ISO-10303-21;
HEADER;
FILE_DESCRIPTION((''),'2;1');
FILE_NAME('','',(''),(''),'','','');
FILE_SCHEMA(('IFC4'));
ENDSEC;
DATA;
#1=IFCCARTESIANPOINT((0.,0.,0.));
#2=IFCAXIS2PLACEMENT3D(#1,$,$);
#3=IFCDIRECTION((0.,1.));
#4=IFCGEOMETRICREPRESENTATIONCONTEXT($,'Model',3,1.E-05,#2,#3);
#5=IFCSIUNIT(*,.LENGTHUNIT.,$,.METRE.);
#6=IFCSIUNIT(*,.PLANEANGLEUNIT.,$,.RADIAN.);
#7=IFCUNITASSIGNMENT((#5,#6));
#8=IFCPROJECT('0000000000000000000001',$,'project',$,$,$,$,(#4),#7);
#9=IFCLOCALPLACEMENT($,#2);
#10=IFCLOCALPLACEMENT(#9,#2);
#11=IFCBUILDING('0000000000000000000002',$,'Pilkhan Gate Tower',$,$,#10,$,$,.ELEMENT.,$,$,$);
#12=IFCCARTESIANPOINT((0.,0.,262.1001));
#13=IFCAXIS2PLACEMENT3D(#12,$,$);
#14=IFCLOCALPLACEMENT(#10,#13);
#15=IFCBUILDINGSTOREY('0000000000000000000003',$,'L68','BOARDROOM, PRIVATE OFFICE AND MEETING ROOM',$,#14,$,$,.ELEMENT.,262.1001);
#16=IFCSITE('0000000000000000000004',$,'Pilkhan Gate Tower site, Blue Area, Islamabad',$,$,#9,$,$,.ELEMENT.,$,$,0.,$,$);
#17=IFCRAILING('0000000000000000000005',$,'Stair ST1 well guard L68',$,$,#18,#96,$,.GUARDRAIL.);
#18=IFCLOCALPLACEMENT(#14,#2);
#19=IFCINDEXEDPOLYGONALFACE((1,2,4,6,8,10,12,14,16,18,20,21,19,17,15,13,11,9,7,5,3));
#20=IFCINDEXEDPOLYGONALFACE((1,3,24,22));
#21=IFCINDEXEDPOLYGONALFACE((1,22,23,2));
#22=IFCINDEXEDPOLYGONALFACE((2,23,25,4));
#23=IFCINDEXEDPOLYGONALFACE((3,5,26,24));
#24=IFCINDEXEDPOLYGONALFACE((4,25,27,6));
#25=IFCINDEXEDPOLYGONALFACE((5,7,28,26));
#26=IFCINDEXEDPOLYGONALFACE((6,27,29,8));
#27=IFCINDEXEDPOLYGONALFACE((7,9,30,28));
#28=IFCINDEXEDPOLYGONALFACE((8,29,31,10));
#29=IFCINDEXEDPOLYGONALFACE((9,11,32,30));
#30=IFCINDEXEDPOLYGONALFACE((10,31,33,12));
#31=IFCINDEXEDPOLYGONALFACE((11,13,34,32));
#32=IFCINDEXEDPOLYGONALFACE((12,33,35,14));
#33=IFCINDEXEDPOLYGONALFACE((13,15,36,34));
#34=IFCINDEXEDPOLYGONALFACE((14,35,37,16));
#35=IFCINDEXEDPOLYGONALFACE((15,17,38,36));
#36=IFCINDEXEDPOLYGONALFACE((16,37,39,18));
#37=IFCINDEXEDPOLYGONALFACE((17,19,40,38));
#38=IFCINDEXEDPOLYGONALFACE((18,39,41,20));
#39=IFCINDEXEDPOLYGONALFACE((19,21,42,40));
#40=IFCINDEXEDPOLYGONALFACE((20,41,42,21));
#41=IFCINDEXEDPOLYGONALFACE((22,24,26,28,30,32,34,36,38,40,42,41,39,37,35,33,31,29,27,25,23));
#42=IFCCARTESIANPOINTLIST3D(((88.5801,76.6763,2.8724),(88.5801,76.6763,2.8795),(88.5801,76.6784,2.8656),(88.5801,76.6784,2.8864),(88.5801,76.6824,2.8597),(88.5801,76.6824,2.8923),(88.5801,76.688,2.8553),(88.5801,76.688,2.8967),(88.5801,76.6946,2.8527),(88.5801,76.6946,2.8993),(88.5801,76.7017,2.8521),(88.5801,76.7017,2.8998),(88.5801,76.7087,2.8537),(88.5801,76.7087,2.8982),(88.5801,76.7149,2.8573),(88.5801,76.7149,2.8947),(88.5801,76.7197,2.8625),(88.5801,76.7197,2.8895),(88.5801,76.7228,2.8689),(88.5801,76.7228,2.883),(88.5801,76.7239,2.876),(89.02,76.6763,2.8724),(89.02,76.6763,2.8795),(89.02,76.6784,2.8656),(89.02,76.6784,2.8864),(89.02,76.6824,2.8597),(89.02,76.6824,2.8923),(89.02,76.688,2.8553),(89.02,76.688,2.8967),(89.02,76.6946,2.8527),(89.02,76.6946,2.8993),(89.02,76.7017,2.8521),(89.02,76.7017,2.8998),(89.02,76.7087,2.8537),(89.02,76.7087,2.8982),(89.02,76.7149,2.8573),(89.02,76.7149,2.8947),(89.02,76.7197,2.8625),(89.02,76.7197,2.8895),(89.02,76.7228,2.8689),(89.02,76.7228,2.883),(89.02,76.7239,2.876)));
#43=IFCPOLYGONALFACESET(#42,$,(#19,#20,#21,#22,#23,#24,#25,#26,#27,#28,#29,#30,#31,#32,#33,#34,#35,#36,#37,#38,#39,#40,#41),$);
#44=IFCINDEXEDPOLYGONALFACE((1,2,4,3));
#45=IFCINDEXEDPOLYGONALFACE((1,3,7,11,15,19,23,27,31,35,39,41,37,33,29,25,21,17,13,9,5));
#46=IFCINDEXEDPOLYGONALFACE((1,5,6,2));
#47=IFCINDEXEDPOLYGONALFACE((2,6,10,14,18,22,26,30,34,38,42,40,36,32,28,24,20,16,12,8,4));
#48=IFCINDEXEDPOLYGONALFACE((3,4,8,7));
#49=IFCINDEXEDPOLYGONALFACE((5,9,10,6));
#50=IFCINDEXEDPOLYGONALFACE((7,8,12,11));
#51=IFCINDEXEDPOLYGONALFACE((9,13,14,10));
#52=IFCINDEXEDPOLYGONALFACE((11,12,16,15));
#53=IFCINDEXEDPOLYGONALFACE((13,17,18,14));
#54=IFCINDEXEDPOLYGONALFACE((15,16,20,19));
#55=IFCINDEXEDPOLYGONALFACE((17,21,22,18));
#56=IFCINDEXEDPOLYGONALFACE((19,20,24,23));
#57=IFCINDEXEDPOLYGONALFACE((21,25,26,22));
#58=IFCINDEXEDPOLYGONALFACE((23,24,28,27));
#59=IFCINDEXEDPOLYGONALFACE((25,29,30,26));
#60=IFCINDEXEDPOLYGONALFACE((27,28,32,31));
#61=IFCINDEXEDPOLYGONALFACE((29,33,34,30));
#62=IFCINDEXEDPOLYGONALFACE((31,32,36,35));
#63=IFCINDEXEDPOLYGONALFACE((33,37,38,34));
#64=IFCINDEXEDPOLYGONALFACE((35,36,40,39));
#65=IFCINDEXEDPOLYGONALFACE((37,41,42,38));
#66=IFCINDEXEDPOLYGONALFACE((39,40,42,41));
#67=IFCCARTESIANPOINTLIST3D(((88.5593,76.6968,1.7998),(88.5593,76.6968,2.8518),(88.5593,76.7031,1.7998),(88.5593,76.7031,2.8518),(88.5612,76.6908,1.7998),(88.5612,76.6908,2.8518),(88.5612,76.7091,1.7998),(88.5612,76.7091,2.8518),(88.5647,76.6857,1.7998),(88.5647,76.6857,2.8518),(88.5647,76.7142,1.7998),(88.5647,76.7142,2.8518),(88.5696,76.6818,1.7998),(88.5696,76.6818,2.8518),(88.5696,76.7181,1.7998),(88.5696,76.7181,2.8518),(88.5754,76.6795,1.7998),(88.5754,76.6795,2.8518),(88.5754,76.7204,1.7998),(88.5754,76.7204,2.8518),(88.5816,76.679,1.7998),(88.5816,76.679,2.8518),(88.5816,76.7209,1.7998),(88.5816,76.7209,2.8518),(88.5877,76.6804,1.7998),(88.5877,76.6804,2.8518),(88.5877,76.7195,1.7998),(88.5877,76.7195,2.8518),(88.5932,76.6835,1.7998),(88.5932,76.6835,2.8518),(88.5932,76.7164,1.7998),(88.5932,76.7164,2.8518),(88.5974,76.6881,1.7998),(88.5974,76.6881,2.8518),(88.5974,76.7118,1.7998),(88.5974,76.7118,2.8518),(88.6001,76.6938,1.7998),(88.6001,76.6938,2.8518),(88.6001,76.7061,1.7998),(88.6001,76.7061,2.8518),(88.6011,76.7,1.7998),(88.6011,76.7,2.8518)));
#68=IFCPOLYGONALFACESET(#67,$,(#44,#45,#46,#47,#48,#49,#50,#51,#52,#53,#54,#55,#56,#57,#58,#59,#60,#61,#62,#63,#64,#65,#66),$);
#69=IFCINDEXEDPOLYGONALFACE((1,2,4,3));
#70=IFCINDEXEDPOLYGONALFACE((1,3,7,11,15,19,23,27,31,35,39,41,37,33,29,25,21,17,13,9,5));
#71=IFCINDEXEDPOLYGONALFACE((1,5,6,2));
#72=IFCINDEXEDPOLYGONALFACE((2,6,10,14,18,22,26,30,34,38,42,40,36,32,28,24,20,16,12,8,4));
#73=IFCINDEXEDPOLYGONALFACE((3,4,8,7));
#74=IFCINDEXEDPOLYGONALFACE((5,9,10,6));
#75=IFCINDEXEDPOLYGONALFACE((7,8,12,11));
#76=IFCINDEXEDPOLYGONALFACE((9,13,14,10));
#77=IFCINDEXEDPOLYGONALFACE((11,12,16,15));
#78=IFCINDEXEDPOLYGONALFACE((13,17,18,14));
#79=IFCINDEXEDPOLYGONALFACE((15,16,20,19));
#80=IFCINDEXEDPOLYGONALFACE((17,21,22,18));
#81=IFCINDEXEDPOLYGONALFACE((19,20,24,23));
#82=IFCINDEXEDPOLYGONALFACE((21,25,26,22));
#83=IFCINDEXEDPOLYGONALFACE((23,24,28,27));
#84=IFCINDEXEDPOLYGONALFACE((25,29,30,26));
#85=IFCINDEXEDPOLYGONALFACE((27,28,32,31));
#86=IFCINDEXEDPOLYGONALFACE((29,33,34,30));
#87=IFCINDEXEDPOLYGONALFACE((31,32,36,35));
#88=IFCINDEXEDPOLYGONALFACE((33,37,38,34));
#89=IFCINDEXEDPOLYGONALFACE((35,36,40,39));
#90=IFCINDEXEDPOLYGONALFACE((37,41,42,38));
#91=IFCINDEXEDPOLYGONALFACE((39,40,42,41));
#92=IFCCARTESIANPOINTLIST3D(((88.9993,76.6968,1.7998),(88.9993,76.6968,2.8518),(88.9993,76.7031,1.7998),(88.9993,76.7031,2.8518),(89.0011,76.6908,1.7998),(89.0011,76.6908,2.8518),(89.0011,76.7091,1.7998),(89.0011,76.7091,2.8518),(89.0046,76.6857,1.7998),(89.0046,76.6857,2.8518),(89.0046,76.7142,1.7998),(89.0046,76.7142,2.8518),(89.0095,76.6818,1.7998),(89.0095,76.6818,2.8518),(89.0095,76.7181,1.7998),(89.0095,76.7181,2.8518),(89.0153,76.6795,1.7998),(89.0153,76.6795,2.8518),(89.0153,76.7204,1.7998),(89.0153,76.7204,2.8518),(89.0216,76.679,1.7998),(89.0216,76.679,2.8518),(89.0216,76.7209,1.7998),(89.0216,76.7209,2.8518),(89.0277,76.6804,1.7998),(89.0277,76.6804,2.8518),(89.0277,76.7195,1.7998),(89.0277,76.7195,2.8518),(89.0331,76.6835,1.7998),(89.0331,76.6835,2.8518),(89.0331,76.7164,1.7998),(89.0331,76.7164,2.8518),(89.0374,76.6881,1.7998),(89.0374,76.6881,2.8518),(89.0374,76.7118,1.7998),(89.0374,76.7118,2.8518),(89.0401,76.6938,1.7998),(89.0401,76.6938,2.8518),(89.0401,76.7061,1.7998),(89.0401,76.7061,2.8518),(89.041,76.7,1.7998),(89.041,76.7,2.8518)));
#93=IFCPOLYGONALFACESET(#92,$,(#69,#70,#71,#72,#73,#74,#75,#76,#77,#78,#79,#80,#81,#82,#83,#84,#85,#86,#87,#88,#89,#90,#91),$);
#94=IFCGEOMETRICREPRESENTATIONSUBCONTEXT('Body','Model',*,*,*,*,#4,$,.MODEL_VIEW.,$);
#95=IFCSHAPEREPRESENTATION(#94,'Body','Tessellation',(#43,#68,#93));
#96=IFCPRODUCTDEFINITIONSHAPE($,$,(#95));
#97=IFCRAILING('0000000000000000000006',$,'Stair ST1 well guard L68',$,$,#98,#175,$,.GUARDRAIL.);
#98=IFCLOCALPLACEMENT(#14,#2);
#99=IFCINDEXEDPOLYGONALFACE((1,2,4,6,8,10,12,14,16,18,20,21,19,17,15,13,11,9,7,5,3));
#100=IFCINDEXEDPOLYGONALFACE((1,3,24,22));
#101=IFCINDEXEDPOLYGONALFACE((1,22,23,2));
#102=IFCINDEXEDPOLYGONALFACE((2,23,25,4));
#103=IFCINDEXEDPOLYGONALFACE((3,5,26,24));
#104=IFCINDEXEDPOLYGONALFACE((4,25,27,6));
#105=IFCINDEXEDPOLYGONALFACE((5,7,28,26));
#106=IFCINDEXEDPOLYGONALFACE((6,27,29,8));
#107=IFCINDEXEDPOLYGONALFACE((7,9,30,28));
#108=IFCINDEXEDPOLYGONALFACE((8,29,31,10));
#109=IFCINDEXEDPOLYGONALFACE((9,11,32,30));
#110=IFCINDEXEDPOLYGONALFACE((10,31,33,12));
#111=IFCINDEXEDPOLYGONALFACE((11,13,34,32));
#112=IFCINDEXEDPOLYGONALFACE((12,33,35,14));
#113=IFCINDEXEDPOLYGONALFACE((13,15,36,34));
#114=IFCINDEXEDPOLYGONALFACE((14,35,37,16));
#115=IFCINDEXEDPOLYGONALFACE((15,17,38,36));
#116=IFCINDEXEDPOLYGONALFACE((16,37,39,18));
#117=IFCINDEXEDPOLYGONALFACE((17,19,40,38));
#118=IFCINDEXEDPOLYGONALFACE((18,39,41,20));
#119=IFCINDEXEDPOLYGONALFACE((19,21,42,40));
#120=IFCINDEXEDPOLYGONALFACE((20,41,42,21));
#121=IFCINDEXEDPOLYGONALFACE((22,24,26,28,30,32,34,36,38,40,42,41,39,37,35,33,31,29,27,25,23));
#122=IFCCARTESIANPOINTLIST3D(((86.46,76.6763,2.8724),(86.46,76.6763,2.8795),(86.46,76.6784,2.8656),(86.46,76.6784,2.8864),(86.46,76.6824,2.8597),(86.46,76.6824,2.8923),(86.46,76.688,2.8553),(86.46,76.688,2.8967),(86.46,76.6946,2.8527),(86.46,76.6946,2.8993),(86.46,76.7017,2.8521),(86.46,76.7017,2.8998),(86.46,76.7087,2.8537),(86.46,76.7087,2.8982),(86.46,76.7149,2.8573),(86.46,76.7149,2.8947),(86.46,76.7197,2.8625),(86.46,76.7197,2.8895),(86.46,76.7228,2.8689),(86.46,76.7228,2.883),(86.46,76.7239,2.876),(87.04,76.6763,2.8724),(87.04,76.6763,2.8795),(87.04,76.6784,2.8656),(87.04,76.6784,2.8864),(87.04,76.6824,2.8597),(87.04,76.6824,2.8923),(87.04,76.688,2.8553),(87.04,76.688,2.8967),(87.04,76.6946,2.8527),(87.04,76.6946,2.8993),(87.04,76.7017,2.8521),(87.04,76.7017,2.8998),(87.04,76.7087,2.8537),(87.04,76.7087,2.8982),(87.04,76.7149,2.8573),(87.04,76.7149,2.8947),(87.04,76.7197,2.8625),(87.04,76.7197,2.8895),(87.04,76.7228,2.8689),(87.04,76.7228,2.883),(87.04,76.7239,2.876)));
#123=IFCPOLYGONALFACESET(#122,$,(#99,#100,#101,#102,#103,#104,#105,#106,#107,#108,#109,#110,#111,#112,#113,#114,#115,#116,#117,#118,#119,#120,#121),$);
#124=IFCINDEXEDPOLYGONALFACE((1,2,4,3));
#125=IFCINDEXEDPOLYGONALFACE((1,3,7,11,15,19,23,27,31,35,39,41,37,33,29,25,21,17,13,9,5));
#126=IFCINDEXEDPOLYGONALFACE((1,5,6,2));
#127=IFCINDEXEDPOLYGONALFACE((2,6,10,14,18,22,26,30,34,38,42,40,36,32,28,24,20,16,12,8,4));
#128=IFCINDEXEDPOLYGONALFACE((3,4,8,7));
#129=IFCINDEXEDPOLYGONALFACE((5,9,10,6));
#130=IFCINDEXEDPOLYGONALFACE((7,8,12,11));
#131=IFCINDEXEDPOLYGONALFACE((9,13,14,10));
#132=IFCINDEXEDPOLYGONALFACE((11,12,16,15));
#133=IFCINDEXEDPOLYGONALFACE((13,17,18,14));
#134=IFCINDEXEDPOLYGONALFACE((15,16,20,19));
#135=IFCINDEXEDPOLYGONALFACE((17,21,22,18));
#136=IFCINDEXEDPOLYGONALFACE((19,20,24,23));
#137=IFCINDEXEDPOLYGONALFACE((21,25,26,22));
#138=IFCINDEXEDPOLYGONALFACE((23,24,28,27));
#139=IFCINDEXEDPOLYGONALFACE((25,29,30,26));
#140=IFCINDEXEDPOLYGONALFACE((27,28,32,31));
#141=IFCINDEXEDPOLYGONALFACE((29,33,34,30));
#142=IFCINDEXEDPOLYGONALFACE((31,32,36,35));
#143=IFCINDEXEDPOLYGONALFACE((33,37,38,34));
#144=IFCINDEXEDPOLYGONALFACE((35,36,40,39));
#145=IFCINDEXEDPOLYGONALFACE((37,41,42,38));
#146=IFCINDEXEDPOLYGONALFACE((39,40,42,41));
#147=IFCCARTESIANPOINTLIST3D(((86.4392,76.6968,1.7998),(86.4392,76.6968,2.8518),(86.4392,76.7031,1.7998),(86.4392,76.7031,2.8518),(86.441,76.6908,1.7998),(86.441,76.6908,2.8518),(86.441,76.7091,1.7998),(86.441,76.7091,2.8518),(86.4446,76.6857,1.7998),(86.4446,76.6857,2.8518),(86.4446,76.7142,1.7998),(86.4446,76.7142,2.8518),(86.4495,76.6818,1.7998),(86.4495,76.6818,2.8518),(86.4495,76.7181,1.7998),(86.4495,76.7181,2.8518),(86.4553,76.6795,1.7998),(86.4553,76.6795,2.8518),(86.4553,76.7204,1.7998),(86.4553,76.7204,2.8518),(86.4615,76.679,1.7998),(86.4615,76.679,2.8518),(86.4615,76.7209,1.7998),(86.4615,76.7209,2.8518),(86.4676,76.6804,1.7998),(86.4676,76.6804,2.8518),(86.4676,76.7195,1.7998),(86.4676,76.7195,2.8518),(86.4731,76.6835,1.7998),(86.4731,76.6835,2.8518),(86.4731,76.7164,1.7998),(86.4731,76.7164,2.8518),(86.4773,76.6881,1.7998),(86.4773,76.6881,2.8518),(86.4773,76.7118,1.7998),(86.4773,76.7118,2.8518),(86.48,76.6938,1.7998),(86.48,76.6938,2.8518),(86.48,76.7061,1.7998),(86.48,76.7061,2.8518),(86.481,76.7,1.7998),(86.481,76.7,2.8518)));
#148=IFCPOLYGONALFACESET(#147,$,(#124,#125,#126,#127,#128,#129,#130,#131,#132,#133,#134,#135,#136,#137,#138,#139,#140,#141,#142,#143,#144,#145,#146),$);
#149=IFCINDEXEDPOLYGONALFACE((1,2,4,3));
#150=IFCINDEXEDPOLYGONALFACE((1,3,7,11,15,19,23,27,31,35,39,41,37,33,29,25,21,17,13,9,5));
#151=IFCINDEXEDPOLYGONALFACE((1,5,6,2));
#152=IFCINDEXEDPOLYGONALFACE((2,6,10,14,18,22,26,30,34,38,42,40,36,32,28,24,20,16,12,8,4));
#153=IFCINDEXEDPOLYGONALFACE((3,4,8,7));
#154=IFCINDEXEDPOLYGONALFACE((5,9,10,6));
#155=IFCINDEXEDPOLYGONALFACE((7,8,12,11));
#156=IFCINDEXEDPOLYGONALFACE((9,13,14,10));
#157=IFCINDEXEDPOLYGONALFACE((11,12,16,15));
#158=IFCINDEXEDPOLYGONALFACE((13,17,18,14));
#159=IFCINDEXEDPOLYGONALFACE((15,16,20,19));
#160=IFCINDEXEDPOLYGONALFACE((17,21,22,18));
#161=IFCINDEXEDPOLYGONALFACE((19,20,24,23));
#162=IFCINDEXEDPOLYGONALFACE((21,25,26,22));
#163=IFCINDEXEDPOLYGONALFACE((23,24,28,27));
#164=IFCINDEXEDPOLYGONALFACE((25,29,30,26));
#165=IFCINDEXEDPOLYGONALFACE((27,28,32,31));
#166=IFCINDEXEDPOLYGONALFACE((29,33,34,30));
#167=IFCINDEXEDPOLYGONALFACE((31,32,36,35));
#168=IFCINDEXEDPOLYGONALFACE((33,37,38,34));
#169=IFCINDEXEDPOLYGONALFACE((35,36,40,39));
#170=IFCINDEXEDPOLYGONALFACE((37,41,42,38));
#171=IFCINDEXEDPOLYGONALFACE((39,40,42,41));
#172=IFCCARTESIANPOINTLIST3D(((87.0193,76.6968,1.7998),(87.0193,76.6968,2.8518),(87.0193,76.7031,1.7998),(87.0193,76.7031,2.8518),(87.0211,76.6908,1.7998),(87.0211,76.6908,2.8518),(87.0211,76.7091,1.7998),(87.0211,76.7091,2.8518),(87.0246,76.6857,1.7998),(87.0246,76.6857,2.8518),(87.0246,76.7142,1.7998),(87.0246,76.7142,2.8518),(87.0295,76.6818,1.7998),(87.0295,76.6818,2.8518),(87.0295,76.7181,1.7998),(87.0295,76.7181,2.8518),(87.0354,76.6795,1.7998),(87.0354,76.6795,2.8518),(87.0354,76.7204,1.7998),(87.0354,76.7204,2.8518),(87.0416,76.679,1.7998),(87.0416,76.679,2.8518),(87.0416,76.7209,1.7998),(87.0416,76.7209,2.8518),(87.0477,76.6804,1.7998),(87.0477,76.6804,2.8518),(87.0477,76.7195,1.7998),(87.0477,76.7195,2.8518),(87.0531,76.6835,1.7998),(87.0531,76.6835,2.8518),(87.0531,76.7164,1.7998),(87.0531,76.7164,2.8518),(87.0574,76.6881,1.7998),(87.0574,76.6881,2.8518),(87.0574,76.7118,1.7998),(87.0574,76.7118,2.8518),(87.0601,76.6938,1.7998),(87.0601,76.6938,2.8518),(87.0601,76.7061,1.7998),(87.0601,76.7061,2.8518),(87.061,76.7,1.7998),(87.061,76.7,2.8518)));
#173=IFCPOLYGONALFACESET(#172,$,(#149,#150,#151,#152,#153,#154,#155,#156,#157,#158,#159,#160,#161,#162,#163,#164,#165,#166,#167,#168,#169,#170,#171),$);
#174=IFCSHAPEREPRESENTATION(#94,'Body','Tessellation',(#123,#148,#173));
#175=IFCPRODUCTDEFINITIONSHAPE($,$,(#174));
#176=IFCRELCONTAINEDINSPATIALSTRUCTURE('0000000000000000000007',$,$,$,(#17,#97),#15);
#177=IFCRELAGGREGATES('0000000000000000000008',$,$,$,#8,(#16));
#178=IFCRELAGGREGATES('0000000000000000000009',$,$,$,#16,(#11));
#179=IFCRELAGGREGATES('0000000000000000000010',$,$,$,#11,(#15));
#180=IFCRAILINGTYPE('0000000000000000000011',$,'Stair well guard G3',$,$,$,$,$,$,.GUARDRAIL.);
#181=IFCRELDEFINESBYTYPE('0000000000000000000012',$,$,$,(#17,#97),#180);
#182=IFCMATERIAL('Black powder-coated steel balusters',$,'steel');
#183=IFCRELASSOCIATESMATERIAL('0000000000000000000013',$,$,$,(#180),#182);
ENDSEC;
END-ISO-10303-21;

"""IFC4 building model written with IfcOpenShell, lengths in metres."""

from ifc_helpers import new_model, si_unit, direction, frame, origin, origin_2d, place, context, subcontext, project, spatial, circle, extrude, material, type_object, element, save


model = new_model("IFC4")

# Units and contexts
model_context = context("Model", 3, precision=1e-05, world=origin(), true_north=direction((0.0, 1.0)))
body_context = subcontext(model_context, "Body", "Model", "MODEL_VIEW")
ifc_project = project(units=[si_unit("LENGTHUNIT", "METRE"), si_unit("PLANEANGLEUNIT", "RADIAN")], contexts=[model_context])

# Site, building, storey
site_placement = place(None, origin())
site = spatial("IfcSite", under=ifc_project, at=site_placement, Name="Pilkhan Gate Tower site, Blue Area, Islamabad", CompositionType="ELEMENT", RefElevation=0.0)
building_placement = place(site_placement, origin())
building = spatial("IfcBuilding", under=site, at=building_placement, Name="Pilkhan Gate Tower", CompositionType="ELEMENT")
storey_placement = place(building_placement, frame((0.0, 0.0, 262.1001)))
storey = spatial("IfcBuildingStorey", under=building, at=storey_placement, Name="L68", Description="BOARDROOM, PRIVATE OFFICE AND MEETING ROOM", CompositionType="ELEMENT", Elevation=262.1001)

# Railings
ifc_material_1 = material(Name="Black powder-coated steel balusters", Category="steel")
railing_type_1 = type_object("IfcRailingType", Name="Stair well guard G3", PredefinedType="GUARDRAIL", material=ifc_material_1)
railing_1_placement = place(storey_placement, frame((88.5801, 76.7, 1.7998)))
element("IfcRailing", 1, at=railing_1_placement, inside=storey, type_object=railing_type_1, Name="Stair ST1 well guard L68", PredefinedType="GUARDRAIL", context=body_context, shape_type="SweptSolid", body=[
    extrude(circle(Radius=0.0239, at=origin_2d()), frame((0.0, 0.0, 1.0762), z_axis=(1.0, 0.0, 0.0), x_axis=(0.0, 1.0, 0.0)), (0.0, 0.0, 1.0), 0.4399),
    extrude(circle(Radius=0.021, at=origin_2d()), origin(), (0.0, 0.0, 1.0), 1.052),
    extrude(circle(Radius=0.021, at=origin_2d()), frame((0.4399, 0.0, 0.0)), (0.0, 0.0, 1.0), 1.052),
])
railing_2_placement = place(storey_placement, frame((86.46, 76.7, 1.7998)))
element("IfcRailing", 2, at=railing_2_placement, inside=storey, type_object=railing_type_1, Name="Stair ST1 well guard L68", PredefinedType="GUARDRAIL", context=body_context, shape_type="SweptSolid", body=[
    extrude(circle(Radius=0.0239, at=origin_2d()), frame((0.0, 0.0, 1.0762), z_axis=(1.0, 0.0, 0.0), x_axis=(0.0, 1.0, 0.0)), (0.0, 0.0, 1.0), 0.5801),
    extrude(circle(Radius=0.021, at=origin_2d()), origin(), (0.0, 0.0, 1.0), 1.052),
    extrude(circle(Radius=0.021, at=origin_2d()), frame((0.5801, 0.0, 0.0)), (0.0, 0.0, 1.0), 1.052),
])

save(model, "model.ifc")
